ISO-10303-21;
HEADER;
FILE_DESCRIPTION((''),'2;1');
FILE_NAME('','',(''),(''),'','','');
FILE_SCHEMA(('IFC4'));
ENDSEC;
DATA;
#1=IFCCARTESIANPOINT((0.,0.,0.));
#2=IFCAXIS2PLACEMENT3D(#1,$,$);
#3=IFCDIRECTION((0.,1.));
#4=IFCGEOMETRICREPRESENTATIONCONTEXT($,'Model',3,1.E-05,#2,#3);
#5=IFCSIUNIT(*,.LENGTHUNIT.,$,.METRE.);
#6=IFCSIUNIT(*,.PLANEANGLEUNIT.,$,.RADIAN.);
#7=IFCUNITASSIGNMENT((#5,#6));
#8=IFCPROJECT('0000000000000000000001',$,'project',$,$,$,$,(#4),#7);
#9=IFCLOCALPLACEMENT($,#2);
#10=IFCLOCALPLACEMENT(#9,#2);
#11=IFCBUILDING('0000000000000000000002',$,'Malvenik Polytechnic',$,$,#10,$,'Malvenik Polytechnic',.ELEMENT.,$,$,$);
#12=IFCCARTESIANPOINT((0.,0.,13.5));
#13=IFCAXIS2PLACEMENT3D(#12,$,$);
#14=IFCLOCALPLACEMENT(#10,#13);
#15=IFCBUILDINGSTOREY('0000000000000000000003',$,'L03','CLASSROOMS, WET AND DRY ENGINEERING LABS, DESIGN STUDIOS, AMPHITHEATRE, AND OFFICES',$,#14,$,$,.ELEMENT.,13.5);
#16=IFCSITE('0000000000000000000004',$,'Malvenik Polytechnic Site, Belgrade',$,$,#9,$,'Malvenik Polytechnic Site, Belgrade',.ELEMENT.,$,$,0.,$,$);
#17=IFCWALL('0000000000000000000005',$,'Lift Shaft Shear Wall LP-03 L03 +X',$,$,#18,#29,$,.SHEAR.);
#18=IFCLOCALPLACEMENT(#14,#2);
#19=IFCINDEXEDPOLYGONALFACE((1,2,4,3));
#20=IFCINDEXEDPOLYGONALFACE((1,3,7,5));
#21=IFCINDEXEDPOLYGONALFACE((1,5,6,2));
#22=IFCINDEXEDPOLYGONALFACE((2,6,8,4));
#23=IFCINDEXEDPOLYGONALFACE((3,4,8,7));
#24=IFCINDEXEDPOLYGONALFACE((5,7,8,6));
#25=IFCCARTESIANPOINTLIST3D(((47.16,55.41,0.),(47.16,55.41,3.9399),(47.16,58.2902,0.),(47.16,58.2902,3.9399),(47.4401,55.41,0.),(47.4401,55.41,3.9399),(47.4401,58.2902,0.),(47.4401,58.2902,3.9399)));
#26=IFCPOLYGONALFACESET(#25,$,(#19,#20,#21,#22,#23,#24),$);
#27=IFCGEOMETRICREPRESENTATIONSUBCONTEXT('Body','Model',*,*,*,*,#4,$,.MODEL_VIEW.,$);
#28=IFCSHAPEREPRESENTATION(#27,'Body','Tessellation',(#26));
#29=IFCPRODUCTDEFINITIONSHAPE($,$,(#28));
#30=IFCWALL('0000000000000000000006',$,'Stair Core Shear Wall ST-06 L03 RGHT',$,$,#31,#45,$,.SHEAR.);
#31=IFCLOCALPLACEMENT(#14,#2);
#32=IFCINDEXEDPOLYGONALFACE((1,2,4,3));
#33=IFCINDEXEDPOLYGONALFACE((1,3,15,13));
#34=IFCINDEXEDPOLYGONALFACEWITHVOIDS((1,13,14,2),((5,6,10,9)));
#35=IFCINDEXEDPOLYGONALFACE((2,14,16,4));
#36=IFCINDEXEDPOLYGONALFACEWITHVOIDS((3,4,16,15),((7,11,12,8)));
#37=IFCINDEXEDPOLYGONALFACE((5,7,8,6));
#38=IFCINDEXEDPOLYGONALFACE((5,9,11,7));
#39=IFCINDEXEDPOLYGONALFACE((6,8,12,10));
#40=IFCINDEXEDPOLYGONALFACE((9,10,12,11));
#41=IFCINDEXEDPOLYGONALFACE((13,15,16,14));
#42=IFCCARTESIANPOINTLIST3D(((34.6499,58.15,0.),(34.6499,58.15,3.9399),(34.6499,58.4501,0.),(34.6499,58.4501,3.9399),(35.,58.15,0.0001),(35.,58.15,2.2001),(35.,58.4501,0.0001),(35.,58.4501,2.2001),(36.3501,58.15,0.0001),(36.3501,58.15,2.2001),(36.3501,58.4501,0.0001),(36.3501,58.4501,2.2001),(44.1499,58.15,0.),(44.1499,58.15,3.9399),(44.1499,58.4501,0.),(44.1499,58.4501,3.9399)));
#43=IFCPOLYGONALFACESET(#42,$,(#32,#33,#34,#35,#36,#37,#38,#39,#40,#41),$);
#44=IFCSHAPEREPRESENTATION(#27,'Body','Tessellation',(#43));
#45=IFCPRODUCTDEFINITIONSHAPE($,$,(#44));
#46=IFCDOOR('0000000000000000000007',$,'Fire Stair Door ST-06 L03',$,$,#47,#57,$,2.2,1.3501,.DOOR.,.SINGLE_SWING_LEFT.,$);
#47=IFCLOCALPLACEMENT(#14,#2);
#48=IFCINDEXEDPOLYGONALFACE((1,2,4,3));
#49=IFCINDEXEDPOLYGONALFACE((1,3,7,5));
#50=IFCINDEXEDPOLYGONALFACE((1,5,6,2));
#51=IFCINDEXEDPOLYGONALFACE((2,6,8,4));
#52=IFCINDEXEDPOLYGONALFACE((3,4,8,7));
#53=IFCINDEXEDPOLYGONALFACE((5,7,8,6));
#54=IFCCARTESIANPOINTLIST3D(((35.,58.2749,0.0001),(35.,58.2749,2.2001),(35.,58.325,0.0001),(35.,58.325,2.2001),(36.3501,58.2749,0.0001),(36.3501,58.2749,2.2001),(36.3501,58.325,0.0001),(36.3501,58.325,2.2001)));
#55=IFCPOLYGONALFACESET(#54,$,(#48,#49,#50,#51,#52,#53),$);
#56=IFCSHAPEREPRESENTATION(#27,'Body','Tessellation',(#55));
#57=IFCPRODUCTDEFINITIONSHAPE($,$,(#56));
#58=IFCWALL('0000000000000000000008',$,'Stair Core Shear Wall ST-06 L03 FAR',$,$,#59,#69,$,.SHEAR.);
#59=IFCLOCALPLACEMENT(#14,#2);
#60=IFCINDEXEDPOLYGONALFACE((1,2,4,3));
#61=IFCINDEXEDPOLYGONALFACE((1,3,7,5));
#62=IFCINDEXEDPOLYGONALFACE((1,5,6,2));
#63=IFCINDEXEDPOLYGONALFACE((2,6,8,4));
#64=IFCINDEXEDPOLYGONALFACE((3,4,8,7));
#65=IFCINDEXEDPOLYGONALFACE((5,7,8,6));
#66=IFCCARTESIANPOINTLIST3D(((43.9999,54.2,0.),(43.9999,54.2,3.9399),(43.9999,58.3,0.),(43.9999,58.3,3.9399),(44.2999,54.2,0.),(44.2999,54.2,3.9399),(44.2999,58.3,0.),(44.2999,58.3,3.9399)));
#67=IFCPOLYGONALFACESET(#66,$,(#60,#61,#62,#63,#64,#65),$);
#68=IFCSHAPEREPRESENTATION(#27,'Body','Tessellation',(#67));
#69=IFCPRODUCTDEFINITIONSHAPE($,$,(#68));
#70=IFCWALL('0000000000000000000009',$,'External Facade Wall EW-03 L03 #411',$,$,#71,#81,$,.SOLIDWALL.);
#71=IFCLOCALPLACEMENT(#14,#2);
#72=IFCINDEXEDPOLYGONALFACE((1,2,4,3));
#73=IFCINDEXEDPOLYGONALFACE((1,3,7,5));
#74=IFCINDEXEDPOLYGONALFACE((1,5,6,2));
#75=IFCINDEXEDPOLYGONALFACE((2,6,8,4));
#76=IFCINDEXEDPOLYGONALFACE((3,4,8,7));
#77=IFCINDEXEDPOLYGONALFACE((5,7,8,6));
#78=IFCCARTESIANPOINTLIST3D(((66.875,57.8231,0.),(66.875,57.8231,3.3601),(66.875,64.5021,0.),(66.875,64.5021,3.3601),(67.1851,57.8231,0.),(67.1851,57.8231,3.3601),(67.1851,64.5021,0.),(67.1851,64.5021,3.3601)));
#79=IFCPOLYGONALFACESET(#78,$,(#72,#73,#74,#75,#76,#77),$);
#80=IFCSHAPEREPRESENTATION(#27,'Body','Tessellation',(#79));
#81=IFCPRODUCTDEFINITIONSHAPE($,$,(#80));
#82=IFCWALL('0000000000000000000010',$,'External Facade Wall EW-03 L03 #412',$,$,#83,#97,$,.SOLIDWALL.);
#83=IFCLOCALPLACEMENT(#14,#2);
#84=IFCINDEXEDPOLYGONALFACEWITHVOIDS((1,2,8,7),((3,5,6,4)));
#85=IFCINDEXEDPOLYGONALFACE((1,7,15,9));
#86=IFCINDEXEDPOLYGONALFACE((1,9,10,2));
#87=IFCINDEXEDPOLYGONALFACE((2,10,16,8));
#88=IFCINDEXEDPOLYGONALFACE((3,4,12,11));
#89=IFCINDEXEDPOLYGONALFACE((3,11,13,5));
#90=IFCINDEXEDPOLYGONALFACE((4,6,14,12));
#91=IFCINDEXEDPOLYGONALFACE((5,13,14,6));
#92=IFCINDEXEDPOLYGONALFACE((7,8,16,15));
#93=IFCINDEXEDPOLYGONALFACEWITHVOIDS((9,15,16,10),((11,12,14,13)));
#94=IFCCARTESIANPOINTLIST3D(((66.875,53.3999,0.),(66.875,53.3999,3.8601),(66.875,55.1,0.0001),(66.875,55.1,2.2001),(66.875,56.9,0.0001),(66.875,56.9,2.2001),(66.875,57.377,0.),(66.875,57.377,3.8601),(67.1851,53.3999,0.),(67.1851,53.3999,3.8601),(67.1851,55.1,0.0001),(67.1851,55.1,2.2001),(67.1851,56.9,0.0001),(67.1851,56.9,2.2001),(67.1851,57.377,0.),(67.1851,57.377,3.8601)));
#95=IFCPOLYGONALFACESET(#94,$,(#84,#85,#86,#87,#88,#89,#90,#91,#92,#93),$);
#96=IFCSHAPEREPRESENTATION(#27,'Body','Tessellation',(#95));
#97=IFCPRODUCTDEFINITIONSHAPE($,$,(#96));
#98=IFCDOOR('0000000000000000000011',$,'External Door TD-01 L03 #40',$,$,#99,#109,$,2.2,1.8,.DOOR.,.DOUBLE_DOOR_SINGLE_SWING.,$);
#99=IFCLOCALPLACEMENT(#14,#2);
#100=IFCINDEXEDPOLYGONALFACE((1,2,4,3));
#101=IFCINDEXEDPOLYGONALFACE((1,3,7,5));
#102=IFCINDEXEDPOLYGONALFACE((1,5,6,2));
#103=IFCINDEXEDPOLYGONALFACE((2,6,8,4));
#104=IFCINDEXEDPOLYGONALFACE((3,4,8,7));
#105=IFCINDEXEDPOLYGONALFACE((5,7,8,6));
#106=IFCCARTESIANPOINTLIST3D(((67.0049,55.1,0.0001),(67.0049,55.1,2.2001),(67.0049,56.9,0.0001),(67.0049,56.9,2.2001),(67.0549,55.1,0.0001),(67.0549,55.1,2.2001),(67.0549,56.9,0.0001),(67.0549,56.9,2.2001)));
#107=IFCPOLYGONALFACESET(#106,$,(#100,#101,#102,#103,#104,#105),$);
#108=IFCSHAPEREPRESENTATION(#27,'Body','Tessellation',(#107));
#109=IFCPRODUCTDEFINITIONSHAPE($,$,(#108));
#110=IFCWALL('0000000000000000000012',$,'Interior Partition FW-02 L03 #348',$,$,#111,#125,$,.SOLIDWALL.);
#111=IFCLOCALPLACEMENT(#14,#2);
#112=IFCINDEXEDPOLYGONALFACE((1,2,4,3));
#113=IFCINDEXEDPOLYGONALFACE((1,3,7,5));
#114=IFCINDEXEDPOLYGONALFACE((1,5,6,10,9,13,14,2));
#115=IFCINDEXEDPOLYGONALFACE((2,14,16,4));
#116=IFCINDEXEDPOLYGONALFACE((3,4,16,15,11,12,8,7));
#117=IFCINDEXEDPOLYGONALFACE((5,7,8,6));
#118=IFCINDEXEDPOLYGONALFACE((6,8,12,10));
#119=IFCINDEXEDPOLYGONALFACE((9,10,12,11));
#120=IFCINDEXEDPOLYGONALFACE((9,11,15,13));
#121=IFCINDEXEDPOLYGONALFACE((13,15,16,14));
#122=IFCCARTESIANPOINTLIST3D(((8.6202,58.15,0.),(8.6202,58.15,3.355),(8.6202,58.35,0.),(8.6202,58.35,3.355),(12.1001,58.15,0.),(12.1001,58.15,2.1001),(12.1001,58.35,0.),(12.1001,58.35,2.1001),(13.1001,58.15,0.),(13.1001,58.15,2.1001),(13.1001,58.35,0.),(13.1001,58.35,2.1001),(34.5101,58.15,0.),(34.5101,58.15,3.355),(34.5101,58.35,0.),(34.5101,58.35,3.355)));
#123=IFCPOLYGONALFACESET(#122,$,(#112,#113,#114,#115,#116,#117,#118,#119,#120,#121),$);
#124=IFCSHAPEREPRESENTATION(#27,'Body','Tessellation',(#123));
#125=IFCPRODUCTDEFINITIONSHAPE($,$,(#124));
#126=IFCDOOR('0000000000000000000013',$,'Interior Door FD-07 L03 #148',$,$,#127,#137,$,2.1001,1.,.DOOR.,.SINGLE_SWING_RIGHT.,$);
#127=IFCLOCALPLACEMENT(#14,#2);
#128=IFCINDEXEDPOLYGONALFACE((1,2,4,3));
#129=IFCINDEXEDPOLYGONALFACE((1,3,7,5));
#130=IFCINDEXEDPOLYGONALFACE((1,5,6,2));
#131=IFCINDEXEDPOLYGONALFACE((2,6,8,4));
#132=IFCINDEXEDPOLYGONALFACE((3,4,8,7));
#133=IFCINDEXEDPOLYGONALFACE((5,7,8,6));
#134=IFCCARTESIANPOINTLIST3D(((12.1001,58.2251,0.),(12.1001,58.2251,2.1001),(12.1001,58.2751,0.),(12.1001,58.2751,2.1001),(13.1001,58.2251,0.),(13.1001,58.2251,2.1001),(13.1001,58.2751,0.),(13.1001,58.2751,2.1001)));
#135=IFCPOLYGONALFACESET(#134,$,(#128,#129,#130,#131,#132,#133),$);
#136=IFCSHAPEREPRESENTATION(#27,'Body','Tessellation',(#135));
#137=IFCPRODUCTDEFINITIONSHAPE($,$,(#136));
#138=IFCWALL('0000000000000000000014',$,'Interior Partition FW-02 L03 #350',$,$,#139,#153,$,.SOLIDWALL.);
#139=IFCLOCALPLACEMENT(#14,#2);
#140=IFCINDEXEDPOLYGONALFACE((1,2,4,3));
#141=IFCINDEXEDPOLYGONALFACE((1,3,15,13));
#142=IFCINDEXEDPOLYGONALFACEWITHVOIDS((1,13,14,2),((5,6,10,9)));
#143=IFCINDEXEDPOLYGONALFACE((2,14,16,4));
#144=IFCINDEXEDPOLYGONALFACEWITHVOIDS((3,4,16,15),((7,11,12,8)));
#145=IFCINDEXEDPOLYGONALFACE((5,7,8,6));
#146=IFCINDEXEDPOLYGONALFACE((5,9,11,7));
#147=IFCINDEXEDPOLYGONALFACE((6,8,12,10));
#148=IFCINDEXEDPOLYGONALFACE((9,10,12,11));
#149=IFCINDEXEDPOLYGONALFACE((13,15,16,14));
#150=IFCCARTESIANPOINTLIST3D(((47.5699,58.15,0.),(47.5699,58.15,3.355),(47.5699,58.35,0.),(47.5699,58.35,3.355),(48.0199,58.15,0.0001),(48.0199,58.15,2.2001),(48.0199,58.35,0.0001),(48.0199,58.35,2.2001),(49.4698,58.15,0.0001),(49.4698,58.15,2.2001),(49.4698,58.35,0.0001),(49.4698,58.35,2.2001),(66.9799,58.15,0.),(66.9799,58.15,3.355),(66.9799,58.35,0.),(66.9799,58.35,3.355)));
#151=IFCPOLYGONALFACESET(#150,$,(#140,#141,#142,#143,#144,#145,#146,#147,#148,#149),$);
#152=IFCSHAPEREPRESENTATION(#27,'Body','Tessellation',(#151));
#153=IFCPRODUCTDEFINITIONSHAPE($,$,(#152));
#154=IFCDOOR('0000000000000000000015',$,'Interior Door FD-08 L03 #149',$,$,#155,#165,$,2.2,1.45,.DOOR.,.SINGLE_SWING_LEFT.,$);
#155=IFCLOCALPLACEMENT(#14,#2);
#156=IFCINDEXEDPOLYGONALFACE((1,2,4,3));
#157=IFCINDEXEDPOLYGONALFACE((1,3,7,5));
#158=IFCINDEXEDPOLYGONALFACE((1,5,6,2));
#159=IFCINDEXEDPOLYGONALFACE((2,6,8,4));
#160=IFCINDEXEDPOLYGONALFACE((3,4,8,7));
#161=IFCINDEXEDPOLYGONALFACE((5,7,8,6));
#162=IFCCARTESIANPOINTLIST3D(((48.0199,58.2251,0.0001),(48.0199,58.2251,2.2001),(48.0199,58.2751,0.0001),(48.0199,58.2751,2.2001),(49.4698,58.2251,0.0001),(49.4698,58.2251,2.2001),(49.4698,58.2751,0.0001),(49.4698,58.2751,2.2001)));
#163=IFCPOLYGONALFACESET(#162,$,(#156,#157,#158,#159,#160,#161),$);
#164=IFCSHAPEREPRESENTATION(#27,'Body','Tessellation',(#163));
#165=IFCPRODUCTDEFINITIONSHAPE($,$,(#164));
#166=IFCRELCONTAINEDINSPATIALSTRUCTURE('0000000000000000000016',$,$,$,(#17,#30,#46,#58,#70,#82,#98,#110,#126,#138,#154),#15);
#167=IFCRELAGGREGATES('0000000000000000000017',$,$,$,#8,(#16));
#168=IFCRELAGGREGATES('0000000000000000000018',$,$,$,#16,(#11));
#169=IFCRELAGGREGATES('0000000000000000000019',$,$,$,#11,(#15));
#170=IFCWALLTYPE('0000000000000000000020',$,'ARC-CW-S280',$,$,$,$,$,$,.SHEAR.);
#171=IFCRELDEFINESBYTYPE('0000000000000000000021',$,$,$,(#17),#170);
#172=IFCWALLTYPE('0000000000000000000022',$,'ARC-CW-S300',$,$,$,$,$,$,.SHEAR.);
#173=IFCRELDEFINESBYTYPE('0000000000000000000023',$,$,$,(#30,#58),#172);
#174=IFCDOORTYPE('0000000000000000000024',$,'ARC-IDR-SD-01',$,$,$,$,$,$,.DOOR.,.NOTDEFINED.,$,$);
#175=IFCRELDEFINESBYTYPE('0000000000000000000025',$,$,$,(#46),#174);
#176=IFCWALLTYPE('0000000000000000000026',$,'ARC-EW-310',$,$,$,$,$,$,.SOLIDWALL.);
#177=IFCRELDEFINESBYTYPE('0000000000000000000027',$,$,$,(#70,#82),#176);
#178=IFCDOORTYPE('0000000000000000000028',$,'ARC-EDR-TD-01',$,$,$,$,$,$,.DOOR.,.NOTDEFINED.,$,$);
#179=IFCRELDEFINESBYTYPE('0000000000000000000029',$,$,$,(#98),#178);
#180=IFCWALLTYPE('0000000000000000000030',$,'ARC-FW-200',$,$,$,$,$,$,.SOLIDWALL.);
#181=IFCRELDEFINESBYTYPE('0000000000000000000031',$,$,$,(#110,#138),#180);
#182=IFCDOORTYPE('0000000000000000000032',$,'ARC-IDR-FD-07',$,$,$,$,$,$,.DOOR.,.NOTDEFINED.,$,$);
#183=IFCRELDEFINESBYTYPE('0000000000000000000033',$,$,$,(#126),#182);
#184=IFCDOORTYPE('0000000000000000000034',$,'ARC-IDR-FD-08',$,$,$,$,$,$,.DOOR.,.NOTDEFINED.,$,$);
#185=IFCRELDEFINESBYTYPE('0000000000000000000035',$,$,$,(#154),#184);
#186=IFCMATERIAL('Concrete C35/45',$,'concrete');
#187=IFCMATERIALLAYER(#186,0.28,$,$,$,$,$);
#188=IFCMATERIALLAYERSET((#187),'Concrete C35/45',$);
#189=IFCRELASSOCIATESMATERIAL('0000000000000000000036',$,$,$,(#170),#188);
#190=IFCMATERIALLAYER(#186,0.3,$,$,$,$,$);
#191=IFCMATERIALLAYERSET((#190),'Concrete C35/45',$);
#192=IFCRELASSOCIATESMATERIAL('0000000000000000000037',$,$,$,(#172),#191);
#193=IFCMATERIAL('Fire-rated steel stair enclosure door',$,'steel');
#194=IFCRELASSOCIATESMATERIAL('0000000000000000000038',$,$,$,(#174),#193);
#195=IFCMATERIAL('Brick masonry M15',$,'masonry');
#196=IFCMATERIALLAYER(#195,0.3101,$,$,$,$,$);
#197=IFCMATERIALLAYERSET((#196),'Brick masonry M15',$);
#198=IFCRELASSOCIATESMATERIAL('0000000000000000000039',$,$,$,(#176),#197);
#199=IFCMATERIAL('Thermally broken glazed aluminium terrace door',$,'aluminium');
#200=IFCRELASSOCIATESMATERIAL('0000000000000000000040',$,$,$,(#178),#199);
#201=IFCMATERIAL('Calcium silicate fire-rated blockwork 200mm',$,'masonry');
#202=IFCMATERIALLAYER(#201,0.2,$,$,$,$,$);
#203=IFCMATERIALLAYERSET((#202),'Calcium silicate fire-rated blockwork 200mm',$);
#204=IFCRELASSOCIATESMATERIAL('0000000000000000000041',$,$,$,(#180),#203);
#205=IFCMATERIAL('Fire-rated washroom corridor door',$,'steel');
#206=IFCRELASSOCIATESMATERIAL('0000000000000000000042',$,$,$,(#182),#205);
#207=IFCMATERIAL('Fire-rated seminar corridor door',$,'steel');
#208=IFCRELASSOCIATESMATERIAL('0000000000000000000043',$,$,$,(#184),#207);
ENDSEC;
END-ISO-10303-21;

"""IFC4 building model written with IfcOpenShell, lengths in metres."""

from ifc_helpers import new_model, si_unit, direction, frame, frame_2d, origin, place, context, subcontext, project, spatial, rectangle, extrude, material, layer, layer_set, type_object, element, fill, save


model = new_model("IFC4")

# Units and contexts
model_context = context("Model", 3, precision=1e-05, world=origin(), true_north=direction((0.0, 1.0)))
body_context = subcontext(model_context, "Body", "Model", "MODEL_VIEW")
ifc_project = project(units=[si_unit("LENGTHUNIT", "METRE"), si_unit("PLANEANGLEUNIT", "RADIAN")], contexts=[model_context])

# Site, building, storey
site_placement = place(None, origin())
site = spatial("IfcSite", under=ifc_project, at=site_placement, Name="Malvenik Polytechnic Site, Belgrade", LongName="Malvenik Polytechnic Site, Belgrade", CompositionType="ELEMENT", RefElevation=0.0)
building_placement = place(site_placement, origin())
building = spatial("IfcBuilding", under=site, at=building_placement, Name="Malvenik Polytechnic", LongName="Malvenik Polytechnic", CompositionType="ELEMENT")
storey_placement = place(building_placement, frame((0.0, 0.0, 13.5)))
storey = spatial("IfcBuildingStorey", under=building, at=storey_placement, Name="L03", Description="CLASSROOMS, WET AND DRY ENGINEERING LABS, DESIGN STUDIOS, AMPHITHEATRE, AND OFFICES", CompositionType="ELEMENT", Elevation=13.5)

# Shared definitions
ifc_material_1 = material(Name="Concrete C35/45", Category="concrete")

# Shared definitions
ifc_layer_1 = layer(ifc_material_1, 0.28)
ifc_layer_set_1 = layer_set([ifc_layer_1], Name="Concrete C35/45")
wall_type_1 = type_object("IfcWallType", Name="ARC-CW-S280", PredefinedType="SHEAR", material=ifc_layer_set_1)

# Wall
for number, where, z_axis, x_axis, name in (
    (1, (47.3, 58.29, 0.0), (0.0, 0.0, 1.0), (0.0, -1.0, 0.0), "Lift Shaft Shear Wall LP-03 L03 +X"),
):
    element("IfcWall", number, at=place(storey_placement, frame(where, z_axis=z_axis, x_axis=x_axis)), inside=storey, type_object=wall_type_1, Name=name, PredefinedType="SHEAR", context=body_context, shape_type="SweptSolid", body=[
        extrude(rectangle(XDim=2.8801, YDim=0.28, at=frame_2d((1.4399, 0.0))), origin(), (0.0, 0.0, 1.0), 3.9399),
    ])

# Wall, opening, door
ifc_layer_2 = layer(ifc_material_1, 0.3)
ifc_layer_set_2 = layer_set([ifc_layer_2], Name="Concrete C35/45")
wall_type_2 = type_object("IfcWallType", Name="ARC-CW-S300", PredefinedType="SHEAR", material=ifc_layer_set_2)
wall_1_placement = place(storey_placement, frame((34.6499, 58.3, 0.0), z_axis=(0.0, 0.0, 1.0), x_axis=(1.0, 0.0, 0.0)))
wall_1 = element("IfcWall", 2, at=wall_1_placement, inside=storey, type_object=wall_type_2, Name="Stair Core Shear Wall ST-06 L03 RGHT", PredefinedType="SHEAR", context=body_context, shape_type="SweptSolid", body=[
    extrude(rectangle(XDim=9.5, YDim=0.3, at=frame_2d((4.75, 0.0))), origin(), (0.0, 0.0, 1.0), 3.9399),
])
opening_1_placement = place(wall_1_placement, frame((0.3501, 0.0, 0.0)))
opening_1 = element("IfcOpeningElement", 3, at=opening_1_placement, cuts=wall_1, PredefinedType="OPENING", context=body_context, shape_type="SweptSolid", body=[
    extrude(rectangle(XDim=1.3501, YDim=2.2, at=frame_2d((0.675, 1.1001))), frame((0.0, 0.1602, 0.0), z_axis=(0.0, -1.0, 0.0), x_axis=(1.0, 0.0, 0.0)), (0.0, 0.0, 1.0), 0.3201),
])
ifc_material_2 = material(Name="Fire-rated steel stair enclosure door", Category="steel")
door_type_1 = type_object("IfcDoorType", Name="ARC-IDR-SD-01", OperationType="NOTDEFINED", PredefinedType="DOOR", material=ifc_material_2)
door_1_placement = place(opening_1_placement, origin())
door_1 = element("IfcDoor", 4, at=door_1_placement, inside=storey, type_object=door_type_1, Name="Fire Stair Door ST-06 L03", OperationType="SINGLE_SWING_LEFT", OverallHeight=2.2, OverallWidth=1.3501, PredefinedType="DOOR", context=body_context, shape_type="SweptSolid", body=[
    extrude(rectangle(XDim=1.3501, YDim=2.2, at=frame_2d((0.675, 1.1001))), frame((0.0, 0.0249, 0.0), z_axis=(0.0, -1.0, 0.0), x_axis=(1.0, 0.0, 0.0)), (0.0, 0.0, 1.0), 0.05),
])
fill(opening_1, door_1)

# Walls
wall_2_placement = place(storey_placement, frame((44.1499, 58.3, 0.0), z_axis=(0.0, 0.0, 1.0), x_axis=(0.0, -1.0, 0.0)))
element("IfcWall", 5, at=wall_2_placement, inside=storey, type_object=wall_type_2, Name="Stair Core Shear Wall ST-06 L03 FAR", PredefinedType="SHEAR", context=body_context, shape_type="SweptSolid", body=[
    extrude(rectangle(XDim=4.1001, YDim=0.3, at=frame_2d((2.05, 0.0))), origin(), (0.0, 0.0, 1.0), 3.9399),
])
ifc_material_3 = material(Name="Brick masonry M15", Category="masonry")
ifc_layer_3 = layer(ifc_material_3, 0.3101)
ifc_layer_set_3 = layer_set([ifc_layer_3], Name="Brick masonry M15")
wall_type_3 = type_object("IfcWallType", Name="ARC-EW-310", PredefinedType="SOLIDWALL", material=ifc_layer_set_3)
wall_3_placement = place(storey_placement, frame((67.03, 64.502, 0.0), z_axis=(0.0, 0.0, 1.0), x_axis=(0.0, -1.0, 0.0)))
element("IfcWall", 6, at=wall_3_placement, inside=storey, type_object=wall_type_3, Name="External Facade Wall EW-03 L03 #411", PredefinedType="SOLIDWALL", context=body_context, shape_type="SweptSolid", body=[
    extrude(rectangle(XDim=6.679, YDim=0.3101, at=frame_2d((3.3394, 0.0))), origin(), (0.0, 0.0, 1.0), 3.3601),
])

# Walls, openings, doors
wall_4_placement = place(storey_placement, frame((67.03, 57.377, 0.0), z_axis=(0.0, 0.0, 1.0), x_axis=(0.0, -1.0, 0.0)))
wall_4 = element("IfcWall", 7, at=wall_4_placement, inside=storey, type_object=wall_type_3, Name="External Facade Wall EW-03 L03 #412", PredefinedType="SOLIDWALL", context=body_context, shape_type="SweptSolid", body=[
    extrude(rectangle(XDim=3.9771, YDim=0.3101, at=frame_2d((1.9885, 0.0))), origin(), (0.0, 0.0, 1.0), 3.8601),
])
opening_2_placement = place(wall_4_placement, frame((0.4771, 0.0, 0.0)))
opening_2 = element("IfcOpeningElement", 8, at=opening_2_placement, cuts=wall_4, PredefinedType="OPENING", context=body_context, shape_type="SweptSolid", body=[
    extrude(rectangle(XDim=1.8, YDim=2.2, at=frame_2d((0.8999, 1.1001))), frame((0.0, 0.165, 0.0), z_axis=(0.0, -1.0, 0.0), x_axis=(1.0, 0.0, 0.0)), (0.0, 0.0, 1.0), 0.3301),
])
ifc_material_4 = material(Name="Thermally broken glazed aluminium terrace door", Category="aluminium")
door_type_2 = type_object("IfcDoorType", Name="ARC-EDR-TD-01", OperationType="NOTDEFINED", PredefinedType="DOOR", material=ifc_material_4)
door_2_placement = place(opening_2_placement, origin())
door_2 = element("IfcDoor", 9, at=door_2_placement, inside=storey, type_object=door_type_2, Name="External Door TD-01 L03 #40", OperationType="DOUBLE_DOOR_SINGLE_SWING", OverallHeight=2.2, OverallWidth=1.8, PredefinedType="DOOR", context=body_context, shape_type="SweptSolid", body=[
    extrude(rectangle(XDim=1.8, YDim=2.2, at=frame_2d((0.8999, 1.1001))), frame((0.0, 0.0249, 0.0), z_axis=(0.0, -1.0, 0.0), x_axis=(1.0, 0.0, 0.0)), (0.0, 0.0, 1.0), 0.05),
])
fill(opening_2, door_2)
ifc_material_5 = material(Name="Calcium silicate fire-rated blockwork 200mm", Category="masonry")
ifc_layer_4 = layer(ifc_material_5, 0.2)
ifc_layer_set_4 = layer_set([ifc_layer_4], Name="Calcium silicate fire-rated blockwork 200mm")
wall_type_4 = type_object("IfcWallType", Name="ARC-FW-200", PredefinedType="SOLIDWALL", material=ifc_layer_set_4)
wall_5_placement = place(storey_placement, frame((34.51, 58.25, 0.0), z_axis=(0.0, 0.0, 1.0), x_axis=(-1.0, 0.0, 0.0)))
wall_5 = element("IfcWall", 10, at=wall_5_placement, inside=storey, type_object=wall_type_4, Name="Interior Partition FW-02 L03 #348", PredefinedType="SOLIDWALL", context=body_context, shape_type="SweptSolid", body=[
    extrude(rectangle(XDim=25.8899, YDim=0.2, at=frame_2d((12.9448, 0.0))), origin(), (0.0, 0.0, 1.0), 3.355),
])
opening_3_placement = place(wall_5_placement, frame((21.4099, 0.0, 0.0)))
opening_3 = element("IfcOpeningElement", 11, at=opening_3_placement, cuts=wall_5, PredefinedType="OPENING", context=body_context, shape_type="SweptSolid", body=[
    extrude(rectangle(XDim=1.0, YDim=2.1001, at=frame_2d((0.5, 1.05))), frame((0.0, 0.1099, 0.0), z_axis=(0.0, -1.0, 0.0), x_axis=(1.0, 0.0, 0.0)), (0.0, 0.0, 1.0), 0.22),
])
ifc_material_6 = material(Name="Fire-rated washroom corridor door", Category="steel")
door_type_3 = type_object("IfcDoorType", Name="ARC-IDR-FD-07", OperationType="NOTDEFINED", PredefinedType="DOOR", material=ifc_material_6)
door_3_placement = place(opening_3_placement, origin())
door_3 = element("IfcDoor", 12, at=door_3_placement, inside=storey, type_object=door_type_3, Name="Interior Door FD-07 L03 #148", OperationType="SINGLE_SWING_RIGHT", OverallHeight=2.1001, OverallWidth=1.0, PredefinedType="DOOR", context=body_context, shape_type="SweptSolid", body=[
    extrude(rectangle(XDim=1.0, YDim=2.1001, at=frame_2d((0.5, 1.05))), frame((0.0, 0.0249, 0.0), z_axis=(0.0, -1.0, 0.0), x_axis=(1.0, 0.0, 0.0)), (0.0, 0.0, 1.0), 0.05),
])
fill(opening_3, door_3)
wall_6_placement = place(storey_placement, frame((66.98, 58.25, 0.0), z_axis=(0.0, 0.0, 1.0), x_axis=(-1.0, 0.0, 0.0)))
wall_6 = element("IfcWall", 13, at=wall_6_placement, inside=storey, type_object=wall_type_4, Name="Interior Partition FW-02 L03 #350", PredefinedType="SOLIDWALL", context=body_context, shape_type="SweptSolid", body=[
    extrude(rectangle(XDim=19.4099, YDim=0.2, at=frame_2d((9.7051, 0.0))), origin(), (0.0, 0.0, 1.0), 3.355),
])
opening_4_placement = place(wall_6_placement, frame((17.51, 0.0, 0.0)))
opening_4 = element("IfcOpeningElement", 14, at=opening_4_placement, cuts=wall_6, PredefinedType="OPENING", context=body_context, shape_type="SweptSolid", body=[
    extrude(rectangle(XDim=1.45, YDim=2.2, at=frame_2d((0.7251, 1.1001))), frame((0.0, 0.1099, 0.0), z_axis=(0.0, -1.0, 0.0), x_axis=(1.0, 0.0, 0.0)), (0.0, 0.0, 1.0), 0.22),
])
ifc_material_7 = material(Name="Fire-rated seminar corridor door", Category="steel")
door_type_4 = type_object("IfcDoorType", Name="ARC-IDR-FD-08", OperationType="NOTDEFINED", PredefinedType="DOOR", material=ifc_material_7)
door_4_placement = place(opening_4_placement, origin())
door_4 = element("IfcDoor", 15, at=door_4_placement, inside=storey, type_object=door_type_4, Name="Interior Door FD-08 L03 #149", OperationType="SINGLE_SWING_LEFT", OverallHeight=2.2, OverallWidth=1.45, PredefinedType="DOOR", context=body_context, shape_type="SweptSolid", body=[
    extrude(rectangle(XDim=1.45, YDim=2.2, at=frame_2d((0.7251, 1.1001))), frame((0.0, 0.0249, 0.0), z_axis=(0.0, -1.0, 0.0), x_axis=(1.0, 0.0, 0.0)), (0.0, 0.0, 1.0), 0.05),
])
fill(opening_4, door_4)

save(model, "model.ifc")
